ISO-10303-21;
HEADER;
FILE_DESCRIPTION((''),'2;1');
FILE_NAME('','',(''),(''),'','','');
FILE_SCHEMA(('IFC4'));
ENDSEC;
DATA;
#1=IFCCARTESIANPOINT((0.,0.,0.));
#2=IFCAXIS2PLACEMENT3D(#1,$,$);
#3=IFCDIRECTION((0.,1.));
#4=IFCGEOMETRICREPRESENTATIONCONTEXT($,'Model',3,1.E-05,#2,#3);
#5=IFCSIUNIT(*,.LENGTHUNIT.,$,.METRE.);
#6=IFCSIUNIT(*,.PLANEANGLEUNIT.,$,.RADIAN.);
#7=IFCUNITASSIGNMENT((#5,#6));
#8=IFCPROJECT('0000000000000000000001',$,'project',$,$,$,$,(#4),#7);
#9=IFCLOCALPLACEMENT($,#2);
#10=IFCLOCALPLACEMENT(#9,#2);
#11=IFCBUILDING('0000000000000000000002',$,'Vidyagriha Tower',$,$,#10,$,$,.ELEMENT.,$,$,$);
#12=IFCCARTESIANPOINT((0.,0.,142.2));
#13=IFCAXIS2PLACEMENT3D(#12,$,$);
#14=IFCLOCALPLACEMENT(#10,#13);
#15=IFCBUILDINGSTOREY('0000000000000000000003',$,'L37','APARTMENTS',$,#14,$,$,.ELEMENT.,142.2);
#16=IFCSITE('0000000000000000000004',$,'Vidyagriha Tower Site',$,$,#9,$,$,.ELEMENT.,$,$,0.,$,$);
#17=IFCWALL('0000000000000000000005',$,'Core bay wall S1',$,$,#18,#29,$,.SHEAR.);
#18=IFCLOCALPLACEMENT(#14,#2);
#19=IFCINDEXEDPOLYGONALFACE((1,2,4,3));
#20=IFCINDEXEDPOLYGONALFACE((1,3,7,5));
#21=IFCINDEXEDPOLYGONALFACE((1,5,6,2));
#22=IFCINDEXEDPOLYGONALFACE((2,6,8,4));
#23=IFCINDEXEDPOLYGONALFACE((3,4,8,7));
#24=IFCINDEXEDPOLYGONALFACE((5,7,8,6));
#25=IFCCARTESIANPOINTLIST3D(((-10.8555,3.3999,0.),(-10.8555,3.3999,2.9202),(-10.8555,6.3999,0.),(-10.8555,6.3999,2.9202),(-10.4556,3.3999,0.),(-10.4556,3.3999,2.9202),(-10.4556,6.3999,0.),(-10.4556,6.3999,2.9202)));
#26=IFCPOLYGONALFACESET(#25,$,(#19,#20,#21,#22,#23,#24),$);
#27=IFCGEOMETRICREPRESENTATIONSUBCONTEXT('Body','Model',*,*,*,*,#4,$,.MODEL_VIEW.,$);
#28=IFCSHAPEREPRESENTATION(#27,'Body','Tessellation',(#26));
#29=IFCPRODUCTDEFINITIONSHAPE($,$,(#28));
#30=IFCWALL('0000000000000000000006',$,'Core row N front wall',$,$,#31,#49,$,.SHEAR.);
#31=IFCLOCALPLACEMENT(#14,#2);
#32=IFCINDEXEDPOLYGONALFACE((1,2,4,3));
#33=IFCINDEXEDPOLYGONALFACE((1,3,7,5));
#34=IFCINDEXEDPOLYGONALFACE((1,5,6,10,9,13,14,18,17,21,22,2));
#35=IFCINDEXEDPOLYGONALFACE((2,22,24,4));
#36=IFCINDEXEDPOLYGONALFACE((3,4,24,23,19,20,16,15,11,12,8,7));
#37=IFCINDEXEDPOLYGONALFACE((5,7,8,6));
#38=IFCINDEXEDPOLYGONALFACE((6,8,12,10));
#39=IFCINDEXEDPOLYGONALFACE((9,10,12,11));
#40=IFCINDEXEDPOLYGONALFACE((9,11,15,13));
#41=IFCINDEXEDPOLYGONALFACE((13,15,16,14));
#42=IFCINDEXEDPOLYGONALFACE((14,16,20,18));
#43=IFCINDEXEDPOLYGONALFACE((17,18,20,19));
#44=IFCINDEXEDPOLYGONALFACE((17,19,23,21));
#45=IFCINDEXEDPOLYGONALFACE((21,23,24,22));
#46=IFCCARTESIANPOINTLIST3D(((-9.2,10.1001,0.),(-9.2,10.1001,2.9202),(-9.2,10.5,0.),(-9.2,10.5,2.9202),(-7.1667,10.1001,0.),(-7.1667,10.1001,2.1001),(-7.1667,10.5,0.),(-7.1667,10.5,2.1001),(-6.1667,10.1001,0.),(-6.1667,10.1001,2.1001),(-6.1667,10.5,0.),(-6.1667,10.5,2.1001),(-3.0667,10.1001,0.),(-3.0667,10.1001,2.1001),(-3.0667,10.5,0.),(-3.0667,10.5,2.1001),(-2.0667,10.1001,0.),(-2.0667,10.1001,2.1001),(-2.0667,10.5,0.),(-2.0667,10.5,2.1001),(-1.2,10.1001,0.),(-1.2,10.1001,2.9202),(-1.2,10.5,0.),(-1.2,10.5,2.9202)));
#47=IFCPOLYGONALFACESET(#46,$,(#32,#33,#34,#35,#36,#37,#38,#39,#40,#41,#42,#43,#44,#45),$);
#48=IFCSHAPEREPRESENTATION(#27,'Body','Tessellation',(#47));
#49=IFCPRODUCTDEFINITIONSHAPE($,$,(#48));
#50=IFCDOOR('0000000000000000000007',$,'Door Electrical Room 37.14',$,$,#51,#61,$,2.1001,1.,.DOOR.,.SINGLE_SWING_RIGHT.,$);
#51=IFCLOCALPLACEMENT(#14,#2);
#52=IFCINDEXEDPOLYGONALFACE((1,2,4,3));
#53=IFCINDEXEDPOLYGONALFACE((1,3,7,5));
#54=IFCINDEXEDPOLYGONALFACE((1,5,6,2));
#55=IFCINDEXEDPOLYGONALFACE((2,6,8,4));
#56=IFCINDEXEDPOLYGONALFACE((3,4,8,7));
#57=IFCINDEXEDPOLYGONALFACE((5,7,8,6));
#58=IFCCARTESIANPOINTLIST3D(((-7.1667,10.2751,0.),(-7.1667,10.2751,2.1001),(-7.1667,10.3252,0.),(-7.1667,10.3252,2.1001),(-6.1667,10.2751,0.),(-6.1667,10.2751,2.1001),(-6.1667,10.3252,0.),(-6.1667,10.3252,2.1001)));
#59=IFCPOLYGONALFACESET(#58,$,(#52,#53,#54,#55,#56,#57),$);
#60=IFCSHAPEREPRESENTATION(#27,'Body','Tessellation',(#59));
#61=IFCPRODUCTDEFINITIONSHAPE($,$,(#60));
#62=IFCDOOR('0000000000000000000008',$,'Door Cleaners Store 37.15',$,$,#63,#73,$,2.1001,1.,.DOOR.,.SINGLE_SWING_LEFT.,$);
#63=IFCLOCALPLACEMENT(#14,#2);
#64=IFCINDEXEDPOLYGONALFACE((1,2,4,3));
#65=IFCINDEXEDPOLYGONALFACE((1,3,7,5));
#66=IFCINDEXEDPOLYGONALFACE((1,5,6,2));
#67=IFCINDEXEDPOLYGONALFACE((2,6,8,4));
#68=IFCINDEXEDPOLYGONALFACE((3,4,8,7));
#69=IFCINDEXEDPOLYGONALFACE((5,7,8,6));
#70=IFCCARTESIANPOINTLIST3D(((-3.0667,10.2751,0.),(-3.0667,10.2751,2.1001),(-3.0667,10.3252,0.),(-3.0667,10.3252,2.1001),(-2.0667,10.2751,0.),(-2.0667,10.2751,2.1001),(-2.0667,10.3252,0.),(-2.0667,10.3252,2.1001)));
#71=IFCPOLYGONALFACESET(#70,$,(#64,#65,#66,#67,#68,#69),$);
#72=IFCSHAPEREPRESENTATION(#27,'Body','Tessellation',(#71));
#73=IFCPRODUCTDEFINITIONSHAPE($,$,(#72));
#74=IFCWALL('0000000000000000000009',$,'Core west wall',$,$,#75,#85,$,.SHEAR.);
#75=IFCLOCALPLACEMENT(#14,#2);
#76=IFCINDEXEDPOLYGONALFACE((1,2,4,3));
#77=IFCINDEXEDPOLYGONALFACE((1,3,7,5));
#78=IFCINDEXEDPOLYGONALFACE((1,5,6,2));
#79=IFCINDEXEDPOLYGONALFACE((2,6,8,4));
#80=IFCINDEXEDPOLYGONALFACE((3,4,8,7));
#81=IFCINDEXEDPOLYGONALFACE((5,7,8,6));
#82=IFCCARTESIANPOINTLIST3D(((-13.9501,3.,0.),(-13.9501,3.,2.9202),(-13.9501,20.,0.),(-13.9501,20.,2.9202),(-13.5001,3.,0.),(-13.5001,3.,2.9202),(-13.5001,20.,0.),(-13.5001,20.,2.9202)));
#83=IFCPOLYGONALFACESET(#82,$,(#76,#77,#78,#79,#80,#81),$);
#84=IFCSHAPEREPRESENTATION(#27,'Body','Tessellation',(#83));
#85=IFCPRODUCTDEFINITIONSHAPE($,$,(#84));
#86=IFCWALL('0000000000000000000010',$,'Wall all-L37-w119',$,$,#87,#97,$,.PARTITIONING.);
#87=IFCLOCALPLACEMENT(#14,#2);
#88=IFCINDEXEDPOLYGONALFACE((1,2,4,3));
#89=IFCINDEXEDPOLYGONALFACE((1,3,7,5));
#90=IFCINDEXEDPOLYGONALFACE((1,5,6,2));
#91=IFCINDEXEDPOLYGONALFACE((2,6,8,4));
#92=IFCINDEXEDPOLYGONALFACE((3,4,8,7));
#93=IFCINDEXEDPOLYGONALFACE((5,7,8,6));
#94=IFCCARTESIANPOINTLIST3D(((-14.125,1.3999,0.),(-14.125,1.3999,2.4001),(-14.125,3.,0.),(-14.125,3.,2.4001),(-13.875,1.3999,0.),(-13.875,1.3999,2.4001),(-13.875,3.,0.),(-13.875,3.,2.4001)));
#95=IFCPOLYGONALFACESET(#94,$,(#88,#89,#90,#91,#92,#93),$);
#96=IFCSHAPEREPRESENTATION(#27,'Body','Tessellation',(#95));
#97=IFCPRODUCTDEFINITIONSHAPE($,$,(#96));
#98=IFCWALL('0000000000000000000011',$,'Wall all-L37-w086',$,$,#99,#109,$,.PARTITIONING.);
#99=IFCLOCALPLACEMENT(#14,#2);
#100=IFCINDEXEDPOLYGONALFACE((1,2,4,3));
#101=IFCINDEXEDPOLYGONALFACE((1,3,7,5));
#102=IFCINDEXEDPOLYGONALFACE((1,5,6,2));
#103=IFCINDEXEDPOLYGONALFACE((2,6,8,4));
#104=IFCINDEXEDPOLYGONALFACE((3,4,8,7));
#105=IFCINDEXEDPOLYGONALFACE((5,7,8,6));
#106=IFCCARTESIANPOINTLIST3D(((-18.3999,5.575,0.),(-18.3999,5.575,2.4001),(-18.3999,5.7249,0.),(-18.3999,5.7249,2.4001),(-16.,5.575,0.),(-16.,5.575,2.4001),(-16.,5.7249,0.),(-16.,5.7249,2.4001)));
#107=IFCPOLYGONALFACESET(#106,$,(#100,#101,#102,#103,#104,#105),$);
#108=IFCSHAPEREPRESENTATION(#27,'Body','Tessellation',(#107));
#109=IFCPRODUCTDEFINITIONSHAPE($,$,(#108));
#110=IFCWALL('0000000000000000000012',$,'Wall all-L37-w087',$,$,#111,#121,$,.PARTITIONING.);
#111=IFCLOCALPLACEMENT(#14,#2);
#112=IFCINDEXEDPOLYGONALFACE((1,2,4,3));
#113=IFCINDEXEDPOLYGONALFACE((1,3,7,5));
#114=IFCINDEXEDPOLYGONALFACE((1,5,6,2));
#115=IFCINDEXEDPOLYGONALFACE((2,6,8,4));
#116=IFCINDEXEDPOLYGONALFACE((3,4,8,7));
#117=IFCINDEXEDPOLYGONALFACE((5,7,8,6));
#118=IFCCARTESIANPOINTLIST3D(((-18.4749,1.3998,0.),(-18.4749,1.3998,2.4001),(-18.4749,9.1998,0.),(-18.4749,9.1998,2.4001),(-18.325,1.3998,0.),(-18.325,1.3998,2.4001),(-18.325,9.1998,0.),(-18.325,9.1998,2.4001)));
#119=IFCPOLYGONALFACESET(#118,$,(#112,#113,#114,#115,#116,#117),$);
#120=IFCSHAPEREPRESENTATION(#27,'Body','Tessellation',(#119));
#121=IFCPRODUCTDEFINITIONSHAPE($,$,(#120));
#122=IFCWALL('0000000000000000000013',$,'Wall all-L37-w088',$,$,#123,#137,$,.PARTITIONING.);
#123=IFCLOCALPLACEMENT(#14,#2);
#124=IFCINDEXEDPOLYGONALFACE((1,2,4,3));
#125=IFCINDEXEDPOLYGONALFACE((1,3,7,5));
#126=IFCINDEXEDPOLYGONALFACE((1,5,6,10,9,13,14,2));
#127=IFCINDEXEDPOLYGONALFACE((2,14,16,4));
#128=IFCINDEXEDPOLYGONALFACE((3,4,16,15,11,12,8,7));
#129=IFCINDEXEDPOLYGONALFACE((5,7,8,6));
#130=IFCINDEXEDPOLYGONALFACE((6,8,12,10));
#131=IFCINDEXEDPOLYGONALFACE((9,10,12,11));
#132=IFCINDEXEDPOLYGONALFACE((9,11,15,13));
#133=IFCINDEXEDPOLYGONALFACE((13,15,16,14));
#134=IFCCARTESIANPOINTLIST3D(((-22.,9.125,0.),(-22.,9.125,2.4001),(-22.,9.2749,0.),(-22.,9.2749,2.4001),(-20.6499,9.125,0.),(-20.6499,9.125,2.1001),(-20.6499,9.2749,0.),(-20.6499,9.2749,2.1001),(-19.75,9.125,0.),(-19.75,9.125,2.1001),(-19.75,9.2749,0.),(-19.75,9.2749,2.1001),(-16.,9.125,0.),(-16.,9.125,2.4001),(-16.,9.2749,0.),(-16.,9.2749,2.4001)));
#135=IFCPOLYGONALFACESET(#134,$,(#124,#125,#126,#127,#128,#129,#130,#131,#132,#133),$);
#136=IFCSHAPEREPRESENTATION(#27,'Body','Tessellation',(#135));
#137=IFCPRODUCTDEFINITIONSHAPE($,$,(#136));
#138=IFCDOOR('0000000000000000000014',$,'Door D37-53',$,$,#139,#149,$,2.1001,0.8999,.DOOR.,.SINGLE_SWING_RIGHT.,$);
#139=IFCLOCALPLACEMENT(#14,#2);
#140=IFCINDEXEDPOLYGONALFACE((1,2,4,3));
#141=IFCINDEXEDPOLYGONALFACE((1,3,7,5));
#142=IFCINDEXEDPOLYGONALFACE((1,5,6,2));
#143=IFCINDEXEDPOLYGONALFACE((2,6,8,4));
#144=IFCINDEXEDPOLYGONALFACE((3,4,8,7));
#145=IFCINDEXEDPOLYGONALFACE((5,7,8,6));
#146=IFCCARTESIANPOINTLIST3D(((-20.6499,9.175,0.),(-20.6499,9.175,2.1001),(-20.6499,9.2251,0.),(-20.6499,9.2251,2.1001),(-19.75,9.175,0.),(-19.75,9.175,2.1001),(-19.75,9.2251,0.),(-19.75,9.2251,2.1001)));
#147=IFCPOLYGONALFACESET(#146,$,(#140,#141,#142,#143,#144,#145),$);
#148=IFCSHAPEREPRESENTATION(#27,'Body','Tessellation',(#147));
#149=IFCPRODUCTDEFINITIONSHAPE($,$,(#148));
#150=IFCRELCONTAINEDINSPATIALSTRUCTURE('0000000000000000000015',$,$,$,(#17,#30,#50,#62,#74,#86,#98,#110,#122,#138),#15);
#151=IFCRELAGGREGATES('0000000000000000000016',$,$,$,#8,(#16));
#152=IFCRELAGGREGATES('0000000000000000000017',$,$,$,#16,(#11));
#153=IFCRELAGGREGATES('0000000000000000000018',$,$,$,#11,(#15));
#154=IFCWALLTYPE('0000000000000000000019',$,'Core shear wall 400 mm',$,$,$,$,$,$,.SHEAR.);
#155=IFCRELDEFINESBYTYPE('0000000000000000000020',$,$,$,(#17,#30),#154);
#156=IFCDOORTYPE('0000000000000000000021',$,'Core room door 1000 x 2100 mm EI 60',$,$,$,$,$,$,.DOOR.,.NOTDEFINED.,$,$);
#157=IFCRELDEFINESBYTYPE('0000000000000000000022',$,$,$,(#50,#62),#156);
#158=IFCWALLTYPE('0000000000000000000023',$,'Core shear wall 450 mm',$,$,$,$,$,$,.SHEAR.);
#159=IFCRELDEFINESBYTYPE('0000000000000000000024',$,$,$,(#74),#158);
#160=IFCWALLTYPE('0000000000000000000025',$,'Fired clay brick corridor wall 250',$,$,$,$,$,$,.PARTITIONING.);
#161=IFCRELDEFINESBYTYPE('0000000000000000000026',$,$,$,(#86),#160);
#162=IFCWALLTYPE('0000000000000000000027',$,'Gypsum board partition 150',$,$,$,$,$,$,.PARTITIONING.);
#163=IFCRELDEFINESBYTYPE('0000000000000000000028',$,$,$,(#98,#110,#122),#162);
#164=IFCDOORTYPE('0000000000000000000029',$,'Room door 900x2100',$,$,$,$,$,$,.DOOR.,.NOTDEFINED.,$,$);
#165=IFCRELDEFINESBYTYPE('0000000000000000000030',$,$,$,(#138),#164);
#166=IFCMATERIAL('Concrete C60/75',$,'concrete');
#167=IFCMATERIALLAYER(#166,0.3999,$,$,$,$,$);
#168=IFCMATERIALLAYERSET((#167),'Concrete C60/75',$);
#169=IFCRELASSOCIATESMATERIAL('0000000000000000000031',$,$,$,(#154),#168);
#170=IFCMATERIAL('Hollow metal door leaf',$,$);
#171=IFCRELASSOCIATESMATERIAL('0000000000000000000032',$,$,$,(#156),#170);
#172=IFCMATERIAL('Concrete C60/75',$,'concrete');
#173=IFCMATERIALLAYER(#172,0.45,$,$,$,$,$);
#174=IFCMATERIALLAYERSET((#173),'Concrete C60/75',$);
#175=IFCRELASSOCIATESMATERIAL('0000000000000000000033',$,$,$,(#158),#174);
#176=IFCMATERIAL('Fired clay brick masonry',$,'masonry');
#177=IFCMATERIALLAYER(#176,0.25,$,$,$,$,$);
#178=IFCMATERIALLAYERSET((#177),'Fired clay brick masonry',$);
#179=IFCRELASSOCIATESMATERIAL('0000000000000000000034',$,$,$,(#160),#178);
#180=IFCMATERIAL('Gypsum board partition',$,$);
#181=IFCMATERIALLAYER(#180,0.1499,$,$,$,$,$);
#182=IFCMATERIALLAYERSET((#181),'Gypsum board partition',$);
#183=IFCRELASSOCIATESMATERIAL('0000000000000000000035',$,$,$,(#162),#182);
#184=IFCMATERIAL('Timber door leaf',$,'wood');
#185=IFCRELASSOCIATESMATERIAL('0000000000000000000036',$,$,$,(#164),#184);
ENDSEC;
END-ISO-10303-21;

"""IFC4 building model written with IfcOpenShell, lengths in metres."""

from ifc_helpers import new_model, si_unit, direction, frame, frame_2d, origin, place, context, subcontext, project, spatial, rectangle, extrude, material, layer, layer_set, type_object, element, fill, save


model = new_model("IFC4")

# Units and contexts
model_context = context("Model", 3, precision=1e-05, world=origin(), true_north=direction((0.0, 1.0)))
body_context = subcontext(model_context, "Body", "Model", "MODEL_VIEW")
ifc_project = project(units=[si_unit("LENGTHUNIT", "METRE"), si_unit("PLANEANGLEUNIT", "RADIAN")], contexts=[model_context])

# Site, building, storey
site_placement = place(None, origin())
site = spatial("IfcSite", under=ifc_project, at=site_placement, Name="Vidyagriha Tower Site", CompositionType="ELEMENT", RefElevation=0.0)
building_placement = place(site_placement, origin())
building = spatial("IfcBuilding", under=site, at=building_placement, Name="Vidyagriha Tower", CompositionType="ELEMENT")
storey_placement = place(building_placement, frame((0.0, 0.0, 142.2)))
storey = spatial("IfcBuildingStorey", under=building, at=storey_placement, Name="L37", Description="APARTMENTS", CompositionType="ELEMENT", Elevation=142.2)

# Shared definitions
ifc_material_1 = material(Name="Concrete C60/75", Category="concrete")
ifc_layer_1 = layer(ifc_material_1, 0.3999)
ifc_layer_set_1 = layer_set([ifc_layer_1], Name="Concrete C60/75")
wall_type_1 = type_object("IfcWallType", Name="Core shear wall 400 mm", PredefinedType="SHEAR", material=ifc_layer_set_1)
ifc_material_2 = material(Name="Hollow metal door leaf")
door_type_1 = type_object("IfcDoorType", Name="Core room door 1000 x 2100 mm EI 60", OperationType="NOTDEFINED", PredefinedType="DOOR", material=ifc_material_2)

# Wall
wall_1_placement = place(storey_placement, frame((-10.6555, 3.3999, 0.0), z_axis=(0.0, 0.0, 1.0), x_axis=(0.0, 1.0, 0.0)))
element("IfcWall", 1, at=wall_1_placement, inside=storey, type_object=wall_type_1, Name="Core bay wall S1", PredefinedType="SHEAR", context=body_context, shape_type="SweptSolid", body=[
    extrude(rectangle(XDim=3.0, YDim=0.3999, at=frame_2d((1.5, 0.0))), origin(), (0.0, 0.0, 1.0), 2.9202),
])

# Wall, openings, doors
wall_2_placement = place(storey_placement, frame((-9.2, 10.3, 0.0)))
wall_2 = element("IfcWall", 2, at=wall_2_placement, inside=storey, type_object=wall_type_1, Name="Core row N front wall", PredefinedType="SHEAR", context=body_context, shape_type="SweptSolid", body=[
    extrude(rectangle(XDim=8.0, YDim=0.3999, at=frame_2d((4.0, 0.0))), origin(), (0.0, 0.0, 1.0), 2.9202),
])
opening_1_placement = place(wall_2_placement, frame((2.0332, 0.0, 0.0)))
opening_1 = element("IfcOpeningElement", 3, at=opening_1_placement, cuts=wall_2, PredefinedType="OPENING", context=body_context, shape_type="SweptSolid", body=[
    extrude(rectangle(XDim=1.0, YDim=2.1001, at=frame_2d((0.5, 1.05))), frame((0.0, 0.21, 0.0), z_axis=(0.0, -1.0, 0.0), x_axis=(1.0, 0.0, 0.0)), (0.0, 0.0, 1.0), 0.4199),
])
opening_2_placement = place(wall_2_placement, frame((6.1333, 0.0, 0.0)))
opening_2 = element("IfcOpeningElement", 4, at=opening_2_placement, cuts=wall_2, PredefinedType="OPENING", context=body_context, shape_type="SweptSolid", body=[
    extrude(rectangle(XDim=1.0, YDim=2.1001, at=frame_2d((0.5, 1.05))), frame((0.0, 0.21, 0.0), z_axis=(0.0, -1.0, 0.0), x_axis=(1.0, 0.0, 0.0)), (0.0, 0.0, 1.0), 0.4199),
])
door_1_placement = place(opening_1_placement, frame((1.0, 0.0, 0.0), z_axis=(0.0, 0.0, 1.0), x_axis=(-1.0, 0.0, 0.0)))
door_1 = element("IfcDoor", 5, at=door_1_placement, inside=storey, type_object=door_type_1, Name="Door Electrical Room 37.14", OperationType="SINGLE_SWING_RIGHT", OverallHeight=2.1001, OverallWidth=1.0, PredefinedType="DOOR", context=body_context, shape_type="SweptSolid", body=[
    extrude(rectangle(XDim=1.0, YDim=2.1001, at=frame_2d((0.5, 1.05))), frame((0.0, 0.0249, 0.0), z_axis=(0.0, -1.0, 0.0), x_axis=(1.0, 0.0, 0.0)), (0.0, 0.0, 1.0), 0.05),
])
fill(opening_1, door_1)
door_2_placement = place(opening_2_placement, frame((1.0, 0.0, 0.0), z_axis=(0.0, 0.0, 1.0), x_axis=(-1.0, 0.0, 0.0)))
door_2 = element("IfcDoor", 6, at=door_2_placement, inside=storey, type_object=door_type_1, Name="Door Cleaners Store 37.15", OperationType="SINGLE_SWING_LEFT", OverallHeight=2.1001, OverallWidth=1.0, PredefinedType="DOOR", context=body_context, shape_type="SweptSolid", body=[
    extrude(rectangle(XDim=1.0, YDim=2.1001, at=frame_2d((0.5, 1.05))), frame((0.0, 0.0249, 0.0), z_axis=(0.0, -1.0, 0.0), x_axis=(1.0, 0.0, 0.0)), (0.0, 0.0, 1.0), 0.05),
])
fill(opening_2, door_2)

# Walls
ifc_material_3 = material(Name="Concrete C60/75", Category="concrete")
ifc_layer_2 = layer(ifc_material_3, 0.45)
ifc_layer_set_2 = layer_set([ifc_layer_2], Name="Concrete C60/75")
wall_type_2 = type_object("IfcWallType", Name="Core shear wall 450 mm", PredefinedType="SHEAR", material=ifc_layer_set_2)
wall_3_placement = place(storey_placement, frame((-13.7251, 3.0, 0.0), z_axis=(0.0, 0.0, 1.0), x_axis=(0.0, 1.0, 0.0)))
element("IfcWall", 7, at=wall_3_placement, inside=storey, type_object=wall_type_2, Name="Core west wall", PredefinedType="SHEAR", context=body_context, shape_type="SweptSolid", body=[
    extrude(rectangle(XDim=17.0, YDim=0.45, at=frame_2d((8.5, 0.0))), origin(), (0.0, 0.0, 1.0), 2.9202),
])
ifc_material_4 = material(Name="Fired clay brick masonry", Category="masonry")
ifc_layer_3 = layer(ifc_material_4, 0.25)
ifc_layer_set_3 = layer_set([ifc_layer_3], Name="Fired clay brick masonry")
wall_type_3 = type_object("IfcWallType", Name="Fired clay brick corridor wall 250", PredefinedType="PARTITIONING", material=ifc_layer_set_3)
wall_4_placement = place(storey_placement, frame((-14.0, 3.0, 0.0), z_axis=(0.0, 0.0, 1.0), x_axis=(0.0, -1.0, 0.0)))
element("IfcWall", 8, at=wall_4_placement, inside=storey, type_object=wall_type_3, Name="Wall all-L37-w119", PredefinedType="PARTITIONING", context=body_context, shape_type="SweptSolid", body=[
    extrude(rectangle(XDim=1.6001, YDim=0.25, at=frame_2d((0.8, 0.0))), origin(), (0.0, 0.0, 1.0), 2.4001),
])
ifc_material_5 = material(Name="Gypsum board partition")
ifc_layer_4 = layer(ifc_material_5, 0.1499)
ifc_layer_set_4 = layer_set([ifc_layer_4], Name="Gypsum board partition")
wall_type_4 = type_object("IfcWallType", Name="Gypsum board partition 150", PredefinedType="PARTITIONING", material=ifc_layer_set_4)
wall_5_placement = place(storey_placement, frame((-18.3999, 5.6499, 0.0)))
element("IfcWall", 9, at=wall_5_placement, inside=storey, type_object=wall_type_4, Name="Wall all-L37-w086", PredefinedType="PARTITIONING", context=body_context, shape_type="SweptSolid", body=[
    extrude(rectangle(XDim=2.3999, YDim=0.1499, at=frame_2d((1.2, 0.0))), origin(), (0.0, 0.0, 1.0), 2.4001),
])
wall_6_placement = place(storey_placement, frame((-18.3999, 1.3999, 0.0), z_axis=(0.0, 0.0, 1.0), x_axis=(0.0, 1.0, 0.0)))
element("IfcWall", 10, at=wall_6_placement, inside=storey, type_object=wall_type_4, Name="Wall all-L37-w087", PredefinedType="PARTITIONING", context=body_context, shape_type="SweptSolid", body=[
    extrude(rectangle(XDim=7.8, YDim=0.1499, at=frame_2d((3.8999, 0.0))), origin(), (0.0, 0.0, 1.0), 2.4001),
])

# Wall, opening, door
wall_7_placement = place(storey_placement, frame((-16.0, 9.2, 0.0), z_axis=(0.0, 0.0, 1.0), x_axis=(-1.0, 0.0, 0.0)))
wall_7 = element("IfcWall", 11, at=wall_7_placement, inside=storey, type_object=wall_type_4, Name="Wall all-L37-w088", PredefinedType="PARTITIONING", context=body_context, shape_type="SweptSolid", body=[
    extrude(rectangle(XDim=6.0, YDim=0.1499, at=frame_2d((3.0, 0.0))), origin(), (0.0, 0.0, 1.0), 2.4001),
])
opening_3_placement = place(wall_7_placement, frame((3.75, 0.0, 0.0)))
opening_3 = element("IfcOpeningElement", 12, at=opening_3_placement, cuts=wall_7, PredefinedType="OPENING", context=body_context, shape_type="SweptSolid", body=[
    extrude(rectangle(XDim=0.8999, YDim=2.1001, at=frame_2d((0.45, 1.05))), frame((0.0, 0.085, 0.0), z_axis=(0.0, -1.0, 0.0), x_axis=(1.0, 0.0, 0.0)), (0.0, 0.0, 1.0), 0.1699),
])
ifc_material_6 = material(Name="Timber door leaf", Category="wood")
door_type_2 = type_object("IfcDoorType", Name="Room door 900x2100", OperationType="NOTDEFINED", PredefinedType="DOOR", material=ifc_material_6)
door_3_placement = place(opening_3_placement, origin())
door_3 = element("IfcDoor", 13, at=door_3_placement, inside=storey, type_object=door_type_2, Name="Door D37-53", OperationType="SINGLE_SWING_RIGHT", OverallHeight=2.1001, OverallWidth=0.8999, PredefinedType="DOOR", context=body_context, shape_type="SweptSolid", body=[
    extrude(rectangle(XDim=0.8999, YDim=2.1001, at=frame_2d((0.45, 1.05))), frame((0.0, 0.0249, 0.0), z_axis=(0.0, -1.0, 0.0), x_axis=(1.0, 0.0, 0.0)), (0.0, 0.0, 1.0), 0.05),
])
fill(opening_3, door_3)

save(model, "model.ifc")
